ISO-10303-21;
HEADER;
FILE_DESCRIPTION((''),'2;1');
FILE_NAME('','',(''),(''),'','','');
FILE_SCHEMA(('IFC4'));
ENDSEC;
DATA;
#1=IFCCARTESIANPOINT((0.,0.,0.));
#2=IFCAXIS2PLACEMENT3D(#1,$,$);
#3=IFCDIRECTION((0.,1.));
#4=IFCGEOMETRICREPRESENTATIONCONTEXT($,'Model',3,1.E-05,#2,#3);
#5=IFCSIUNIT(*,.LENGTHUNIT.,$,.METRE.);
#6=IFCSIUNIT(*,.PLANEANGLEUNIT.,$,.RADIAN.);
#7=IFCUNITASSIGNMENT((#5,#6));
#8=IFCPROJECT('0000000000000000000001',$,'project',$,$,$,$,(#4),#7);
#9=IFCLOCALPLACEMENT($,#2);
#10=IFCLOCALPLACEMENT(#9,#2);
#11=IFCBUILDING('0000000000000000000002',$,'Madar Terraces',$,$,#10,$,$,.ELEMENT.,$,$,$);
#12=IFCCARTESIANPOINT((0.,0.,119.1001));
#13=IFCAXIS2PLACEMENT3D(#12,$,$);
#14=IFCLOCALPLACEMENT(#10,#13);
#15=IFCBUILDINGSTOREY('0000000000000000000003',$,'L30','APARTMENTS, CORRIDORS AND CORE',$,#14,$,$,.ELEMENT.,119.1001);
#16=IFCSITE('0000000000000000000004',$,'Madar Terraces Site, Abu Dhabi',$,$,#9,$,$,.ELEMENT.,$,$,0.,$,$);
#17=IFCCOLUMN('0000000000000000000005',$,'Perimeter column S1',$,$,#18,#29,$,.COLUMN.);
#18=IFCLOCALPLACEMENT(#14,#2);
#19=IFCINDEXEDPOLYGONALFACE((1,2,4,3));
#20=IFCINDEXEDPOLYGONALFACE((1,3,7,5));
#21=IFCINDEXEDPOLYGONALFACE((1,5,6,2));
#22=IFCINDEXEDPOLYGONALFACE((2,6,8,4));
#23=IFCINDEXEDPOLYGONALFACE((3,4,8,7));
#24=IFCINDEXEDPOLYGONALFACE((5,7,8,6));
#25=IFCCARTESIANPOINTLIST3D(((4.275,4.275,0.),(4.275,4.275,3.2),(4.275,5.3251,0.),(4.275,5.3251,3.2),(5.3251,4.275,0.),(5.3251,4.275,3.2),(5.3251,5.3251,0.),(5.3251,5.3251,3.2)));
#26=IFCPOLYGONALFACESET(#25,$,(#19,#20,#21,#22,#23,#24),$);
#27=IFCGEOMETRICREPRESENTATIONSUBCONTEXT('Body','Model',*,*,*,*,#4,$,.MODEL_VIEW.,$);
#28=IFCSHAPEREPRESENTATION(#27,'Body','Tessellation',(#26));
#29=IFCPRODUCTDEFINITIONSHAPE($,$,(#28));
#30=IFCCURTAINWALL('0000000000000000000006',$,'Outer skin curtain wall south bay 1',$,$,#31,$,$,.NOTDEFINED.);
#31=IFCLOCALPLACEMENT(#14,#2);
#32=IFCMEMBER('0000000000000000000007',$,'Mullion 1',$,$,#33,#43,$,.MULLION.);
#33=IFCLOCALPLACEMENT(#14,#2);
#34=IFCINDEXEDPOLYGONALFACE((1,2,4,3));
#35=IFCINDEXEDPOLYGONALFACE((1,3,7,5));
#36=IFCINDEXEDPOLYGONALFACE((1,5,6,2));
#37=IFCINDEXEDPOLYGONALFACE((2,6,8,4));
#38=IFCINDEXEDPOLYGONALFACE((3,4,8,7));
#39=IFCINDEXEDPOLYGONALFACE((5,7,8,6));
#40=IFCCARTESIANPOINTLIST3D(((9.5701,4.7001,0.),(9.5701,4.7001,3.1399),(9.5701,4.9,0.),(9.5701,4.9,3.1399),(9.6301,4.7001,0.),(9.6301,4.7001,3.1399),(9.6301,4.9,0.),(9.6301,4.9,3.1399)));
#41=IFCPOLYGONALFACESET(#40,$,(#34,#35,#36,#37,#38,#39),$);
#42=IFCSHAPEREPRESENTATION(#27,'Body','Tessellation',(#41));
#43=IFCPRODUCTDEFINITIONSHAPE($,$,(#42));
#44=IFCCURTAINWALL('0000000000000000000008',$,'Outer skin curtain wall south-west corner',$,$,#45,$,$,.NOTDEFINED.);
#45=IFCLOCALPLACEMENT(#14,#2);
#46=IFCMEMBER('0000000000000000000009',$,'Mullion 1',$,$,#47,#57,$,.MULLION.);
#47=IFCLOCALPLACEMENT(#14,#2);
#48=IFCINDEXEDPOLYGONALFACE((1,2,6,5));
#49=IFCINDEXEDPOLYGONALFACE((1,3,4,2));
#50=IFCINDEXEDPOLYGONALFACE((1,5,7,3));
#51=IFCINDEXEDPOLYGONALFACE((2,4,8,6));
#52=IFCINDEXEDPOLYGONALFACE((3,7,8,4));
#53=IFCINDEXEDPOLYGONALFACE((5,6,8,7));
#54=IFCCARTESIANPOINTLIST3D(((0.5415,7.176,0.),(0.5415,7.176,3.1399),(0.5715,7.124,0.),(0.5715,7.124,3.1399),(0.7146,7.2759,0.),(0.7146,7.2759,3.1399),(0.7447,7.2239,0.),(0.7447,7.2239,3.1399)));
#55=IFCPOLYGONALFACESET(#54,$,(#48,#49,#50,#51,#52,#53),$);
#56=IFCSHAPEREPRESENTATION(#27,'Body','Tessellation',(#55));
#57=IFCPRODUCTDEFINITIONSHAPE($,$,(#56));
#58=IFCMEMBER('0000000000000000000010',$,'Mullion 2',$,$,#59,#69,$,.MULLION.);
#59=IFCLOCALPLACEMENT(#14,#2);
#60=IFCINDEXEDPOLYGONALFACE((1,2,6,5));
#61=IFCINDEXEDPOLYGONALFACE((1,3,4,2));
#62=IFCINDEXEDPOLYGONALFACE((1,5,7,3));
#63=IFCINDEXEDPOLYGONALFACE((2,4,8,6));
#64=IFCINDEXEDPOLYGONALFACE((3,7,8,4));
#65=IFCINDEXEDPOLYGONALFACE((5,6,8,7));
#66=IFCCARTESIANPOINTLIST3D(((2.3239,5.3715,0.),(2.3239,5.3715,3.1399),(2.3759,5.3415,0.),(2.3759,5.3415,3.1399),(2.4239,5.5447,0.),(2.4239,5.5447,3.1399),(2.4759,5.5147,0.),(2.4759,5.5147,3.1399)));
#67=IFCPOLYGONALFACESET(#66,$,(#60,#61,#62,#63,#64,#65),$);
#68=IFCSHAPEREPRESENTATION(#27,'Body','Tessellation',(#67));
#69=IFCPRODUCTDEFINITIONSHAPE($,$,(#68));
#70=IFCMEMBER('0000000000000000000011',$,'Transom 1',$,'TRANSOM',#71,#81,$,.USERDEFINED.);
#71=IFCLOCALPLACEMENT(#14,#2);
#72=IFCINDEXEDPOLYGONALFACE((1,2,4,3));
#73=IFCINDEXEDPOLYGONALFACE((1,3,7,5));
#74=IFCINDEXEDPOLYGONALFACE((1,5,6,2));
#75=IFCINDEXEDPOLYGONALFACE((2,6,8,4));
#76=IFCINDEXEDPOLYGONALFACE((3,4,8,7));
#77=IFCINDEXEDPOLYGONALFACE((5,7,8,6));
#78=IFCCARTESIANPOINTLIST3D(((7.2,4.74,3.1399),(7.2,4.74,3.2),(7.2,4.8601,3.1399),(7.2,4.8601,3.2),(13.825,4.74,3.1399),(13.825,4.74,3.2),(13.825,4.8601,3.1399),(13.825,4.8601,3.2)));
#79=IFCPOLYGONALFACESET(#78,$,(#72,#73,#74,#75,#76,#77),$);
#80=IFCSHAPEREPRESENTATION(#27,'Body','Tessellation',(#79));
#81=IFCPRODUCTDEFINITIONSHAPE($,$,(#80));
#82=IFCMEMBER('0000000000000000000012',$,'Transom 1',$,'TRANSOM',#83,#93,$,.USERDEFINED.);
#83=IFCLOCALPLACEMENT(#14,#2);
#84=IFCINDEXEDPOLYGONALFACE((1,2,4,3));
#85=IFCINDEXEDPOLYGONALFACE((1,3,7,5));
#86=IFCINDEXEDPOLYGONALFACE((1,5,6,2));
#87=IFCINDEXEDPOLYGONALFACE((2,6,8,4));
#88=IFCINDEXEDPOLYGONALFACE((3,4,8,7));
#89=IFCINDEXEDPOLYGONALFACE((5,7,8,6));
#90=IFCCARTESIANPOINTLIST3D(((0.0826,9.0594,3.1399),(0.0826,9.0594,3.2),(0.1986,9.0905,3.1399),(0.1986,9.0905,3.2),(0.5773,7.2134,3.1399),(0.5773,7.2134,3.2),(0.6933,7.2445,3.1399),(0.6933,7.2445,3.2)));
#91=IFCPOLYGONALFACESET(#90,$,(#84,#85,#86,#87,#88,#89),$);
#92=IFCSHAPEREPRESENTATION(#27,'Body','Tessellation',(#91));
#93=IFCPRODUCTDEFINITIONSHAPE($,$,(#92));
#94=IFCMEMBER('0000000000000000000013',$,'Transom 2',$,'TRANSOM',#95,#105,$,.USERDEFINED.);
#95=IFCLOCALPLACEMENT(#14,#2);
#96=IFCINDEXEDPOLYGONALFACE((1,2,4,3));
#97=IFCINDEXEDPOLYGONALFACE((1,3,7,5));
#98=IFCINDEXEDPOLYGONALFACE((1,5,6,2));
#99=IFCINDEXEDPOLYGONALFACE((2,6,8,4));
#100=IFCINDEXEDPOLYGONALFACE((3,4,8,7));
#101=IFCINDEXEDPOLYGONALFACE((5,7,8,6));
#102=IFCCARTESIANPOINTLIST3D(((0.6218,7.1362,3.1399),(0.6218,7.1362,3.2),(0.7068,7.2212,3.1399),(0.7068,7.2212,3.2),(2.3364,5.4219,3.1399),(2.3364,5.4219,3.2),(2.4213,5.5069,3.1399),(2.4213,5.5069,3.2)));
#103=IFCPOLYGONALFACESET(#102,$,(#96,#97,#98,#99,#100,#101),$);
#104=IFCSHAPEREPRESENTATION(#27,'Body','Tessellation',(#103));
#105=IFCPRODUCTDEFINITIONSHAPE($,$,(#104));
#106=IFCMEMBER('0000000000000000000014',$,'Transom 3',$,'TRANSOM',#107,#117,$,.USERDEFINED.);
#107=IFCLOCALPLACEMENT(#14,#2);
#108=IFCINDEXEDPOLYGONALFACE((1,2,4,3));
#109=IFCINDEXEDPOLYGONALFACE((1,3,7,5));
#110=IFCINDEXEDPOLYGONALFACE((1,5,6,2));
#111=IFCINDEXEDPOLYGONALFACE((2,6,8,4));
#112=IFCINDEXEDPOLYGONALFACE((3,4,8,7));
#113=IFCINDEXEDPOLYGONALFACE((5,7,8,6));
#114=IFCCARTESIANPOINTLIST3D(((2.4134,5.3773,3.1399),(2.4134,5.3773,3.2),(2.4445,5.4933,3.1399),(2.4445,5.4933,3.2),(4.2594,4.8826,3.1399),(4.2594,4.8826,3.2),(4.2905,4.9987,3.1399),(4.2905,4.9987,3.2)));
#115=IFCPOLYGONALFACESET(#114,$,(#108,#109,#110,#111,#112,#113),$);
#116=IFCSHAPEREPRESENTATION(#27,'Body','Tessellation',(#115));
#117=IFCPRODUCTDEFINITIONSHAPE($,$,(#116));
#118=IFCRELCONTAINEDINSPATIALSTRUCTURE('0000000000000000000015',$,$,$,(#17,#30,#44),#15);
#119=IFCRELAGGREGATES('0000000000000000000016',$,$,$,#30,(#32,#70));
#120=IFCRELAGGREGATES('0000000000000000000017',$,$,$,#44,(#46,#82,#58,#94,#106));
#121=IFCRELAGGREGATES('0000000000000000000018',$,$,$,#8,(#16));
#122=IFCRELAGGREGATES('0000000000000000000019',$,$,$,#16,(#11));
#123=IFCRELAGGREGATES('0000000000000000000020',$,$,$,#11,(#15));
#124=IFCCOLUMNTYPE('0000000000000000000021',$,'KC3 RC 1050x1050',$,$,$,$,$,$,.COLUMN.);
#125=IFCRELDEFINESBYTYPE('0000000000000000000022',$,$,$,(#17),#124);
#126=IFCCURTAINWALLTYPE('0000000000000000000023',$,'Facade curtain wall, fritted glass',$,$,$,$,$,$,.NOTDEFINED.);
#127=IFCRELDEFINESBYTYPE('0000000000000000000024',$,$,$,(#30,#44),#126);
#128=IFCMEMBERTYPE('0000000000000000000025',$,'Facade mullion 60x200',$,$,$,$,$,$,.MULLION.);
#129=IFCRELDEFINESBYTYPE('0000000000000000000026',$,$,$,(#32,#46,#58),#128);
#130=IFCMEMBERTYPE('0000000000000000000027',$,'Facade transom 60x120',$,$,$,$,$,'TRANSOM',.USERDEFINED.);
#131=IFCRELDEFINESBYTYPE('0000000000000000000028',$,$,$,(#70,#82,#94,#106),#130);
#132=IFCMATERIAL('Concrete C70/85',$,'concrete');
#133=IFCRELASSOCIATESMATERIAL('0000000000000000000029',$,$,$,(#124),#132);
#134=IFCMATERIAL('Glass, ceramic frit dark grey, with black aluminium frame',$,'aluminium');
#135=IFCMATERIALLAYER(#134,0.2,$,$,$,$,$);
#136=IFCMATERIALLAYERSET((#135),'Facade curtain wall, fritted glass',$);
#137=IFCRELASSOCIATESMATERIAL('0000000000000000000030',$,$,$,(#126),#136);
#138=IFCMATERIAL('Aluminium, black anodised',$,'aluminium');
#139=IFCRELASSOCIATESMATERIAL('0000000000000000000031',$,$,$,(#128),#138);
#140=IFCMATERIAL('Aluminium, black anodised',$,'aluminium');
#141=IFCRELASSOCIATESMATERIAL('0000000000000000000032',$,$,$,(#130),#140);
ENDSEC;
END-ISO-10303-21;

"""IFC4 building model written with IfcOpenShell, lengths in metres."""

from ifc_helpers import new_model, si_unit, direction, frame, origin, origin_2d, place, context, subcontext, project, spatial, rectangle, extrude, material, layer, layer_set, material_profile, profile_set, type_object, element, aggregate, save


model = new_model("IFC4")

# Units and contexts
model_context = context("Model", 3, precision=1e-05, world=origin(), true_north=direction((0.0, 1.0)))
body_context = subcontext(model_context, "Body", "Model", "MODEL_VIEW")
ifc_project = project(units=[si_unit("LENGTHUNIT", "METRE"), si_unit("PLANEANGLEUNIT", "RADIAN")], contexts=[model_context])

# Site, building, storey
site_placement = place(None, origin())
site = spatial("IfcSite", under=ifc_project, at=site_placement, Name="Madar Terraces Site, Abu Dhabi", CompositionType="ELEMENT", RefElevation=0.0)
building_placement = place(site_placement, origin())
building = spatial("IfcBuilding", under=site, at=building_placement, Name="Madar Terraces", CompositionType="ELEMENT")
storey_placement = place(building_placement, frame((0.0, 0.0, 119.1001)))
storey = spatial("IfcBuildingStorey", under=building, at=storey_placement, Name="L30", Description="APARTMENTS, CORRIDORS AND CORE", CompositionType="ELEMENT", Elevation=119.1001)

# Column
ifc_material_1 = material(Name="Concrete C70/85", Category="concrete")
ifc_material_profile_1 = material_profile(ifc_material_1, rectangle(XDim=1.05, YDim=1.05, at=origin_2d()), Name="KC3 RC 1050x1050")
ifc_profile_set_1 = profile_set([ifc_material_profile_1], Name="Concrete C70/85")
column_type = type_object("IfcColumnType", Name="KC3 RC 1050x1050", PredefinedType="COLUMN", material=ifc_profile_set_1)
column_placement = place(storey_placement, frame((4.8, 4.8, 0.0), z_axis=(0.0, 0.0, 1.0), x_axis=(1.0, 0.0, 0.0)))
element("IfcColumn", 1, at=column_placement, inside=storey, type_object=column_type, Name="Perimeter column S1", PredefinedType="COLUMN", context=body_context, shape_type="SweptSolid", body=[
    extrude(rectangle(XDim=1.05, YDim=1.05, at=origin_2d()), origin(), (0.0, 0.0, 1.0), 3.2),
])

# Curtain wall, member
ifc_material_2 = material(Name="Glass, ceramic frit dark grey, with black aluminium frame", Category="aluminium")
ifc_layer_1 = layer(ifc_material_2, 0.2)
ifc_layer_set_1 = layer_set([ifc_layer_1], Name="Facade curtain wall, fritted glass")
curtain_wall_type = type_object("IfcCurtainWallType", Name="Facade curtain wall, fritted glass", PredefinedType="NOTDEFINED", material=ifc_layer_set_1)
curtain_wall_1_placement = place(storey_placement, origin())
curtain_wall_1 = element("IfcCurtainWall", 2, at=curtain_wall_1_placement, inside=storey, type_object=curtain_wall_type, Name="Outer skin curtain wall south bay 1", PredefinedType="NOTDEFINED")
ifc_material_3 = material(Name="Aluminium, black anodised", Category="aluminium")
ifc_material_profile_2 = material_profile(ifc_material_3, rectangle(XDim=0.2, YDim=0.0601, at=origin_2d()), Name="Facade mullion 60x200")
ifc_profile_set_2 = profile_set([ifc_material_profile_2], Name="Aluminium, black anodised")
member_type_1 = type_object("IfcMemberType", Name="Facade mullion 60x200", PredefinedType="MULLION", material=ifc_profile_set_2)
member_1_placement = place(storey_placement, frame((9.6001, 4.8, 0.0), z_axis=(0.0, 0.0, 1.0), x_axis=(0.0, 1.0, 0.0)))
member_1 = element("IfcMember", 3, at=member_1_placement, type_object=member_type_1, Name="Mullion 1", PredefinedType="MULLION", context=body_context, shape_type="SweptSolid", body=[
    extrude(rectangle(XDim=0.2, YDim=0.0601, at=origin_2d()), origin(), (0.0, 0.0, 1.0), 3.1399),
])

# Curtain wall, members
curtain_wall_2_placement = place(storey_placement, origin())
curtain_wall_2 = element("IfcCurtainWall", 4, at=curtain_wall_2_placement, inside=storey, type_object=curtain_wall_type, Name="Outer skin curtain wall south-west corner", PredefinedType="NOTDEFINED")
member_2_placement = place(storey_placement, frame((0.6431, 7.2, 0.0), z_axis=(0.0, 0.0, 1.0), x_axis=(0.866025, 0.5, 0.0)))
member_2 = element("IfcMember", 5, at=member_2_placement, type_object=member_type_1, Name="Mullion 1", PredefinedType="MULLION", context=body_context, shape_type="SweptSolid", body=[
    extrude(rectangle(XDim=0.2, YDim=0.0601, at=origin_2d()), origin(), (0.0, 0.0, 1.0), 3.1399),
])
member_3_placement = place(storey_placement, frame((2.3999, 5.4431, 0.0), z_axis=(0.0, 0.0, 1.0), x_axis=(0.5, 0.866025, 0.0)))
member_3 = element("IfcMember", 6, at=member_3_placement, type_object=member_type_1, Name="Mullion 2", PredefinedType="MULLION", context=body_context, shape_type="SweptSolid", body=[
    extrude(rectangle(XDim=0.2, YDim=0.0601, at=origin_2d()), origin(), (0.0, 0.0, 1.0), 3.1399),
])

# Members
ifc_material_4 = material(Name="Aluminium, black anodised", Category="aluminium")
ifc_material_profile_3 = material_profile(ifc_material_4, rectangle(XDim=0.1201, YDim=0.0601, at=origin_2d()), Name="Facade transom 60x120")
ifc_profile_set_3 = profile_set([ifc_material_profile_3], Name="Aluminium, black anodised")
member_type_2 = type_object("IfcMemberType", Name="Facade transom 60x120", ElementType="TRANSOM", PredefinedType="USERDEFINED", material=ifc_profile_set_3)
member_4_placement = place(storey_placement, frame((7.2, 4.8, 3.1699), z_axis=(1.0, 0.0, 0.0), x_axis=(0.0, 1.0, 0.0)))
member_4 = element("IfcMember", 7, at=member_4_placement, type_object=member_type_2, Name="Transom 1", ObjectType="TRANSOM", PredefinedType="USERDEFINED", context=body_context, shape_type="SweptSolid", body=[
    extrude(rectangle(XDim=0.1201, YDim=0.0601, at=origin_2d()), origin(), (0.0, 0.0, 1.0), 6.625),
])
member_5_placement = place(storey_placement, frame((0.1406, 9.075, 3.1699), z_axis=(0.258823, -0.965925, 0.0), x_axis=(0.965925, 0.258823, 0.0)))
member_5 = element("IfcMember", 8, at=member_5_placement, type_object=member_type_2, Name="Transom 1", ObjectType="TRANSOM", PredefinedType="USERDEFINED", context=body_context, shape_type="SweptSolid", body=[
    extrude(rectangle(XDim=0.1201, YDim=0.0601, at=origin_2d()), origin(), (0.0, 0.0, 1.0), 1.9111),
])
member_6_placement = place(storey_placement, frame((0.6643, 7.1787, 3.1699), z_axis=(0.707157, -0.707056, 0.0), x_axis=(0.707056, 0.707157, 0.0)))
member_6 = element("IfcMember", 9, at=member_6_placement, type_object=member_type_2, Name="Transom 2", ObjectType="TRANSOM", PredefinedType="USERDEFINED", context=body_context, shape_type="SweptSolid", body=[
    extrude(rectangle(XDim=0.1201, YDim=0.0601, at=origin_2d()), origin(), (0.0, 0.0, 1.0), 2.4246),
])
member_7_placement = place(storey_placement, frame((2.429, 5.4353, 3.1699), z_axis=(0.965925, -0.258823, 0.0), x_axis=(0.258823, 0.965925, 0.0)))
member_7 = element("IfcMember", 10, at=member_7_placement, type_object=member_type_2, Name="Transom 3", ObjectType="TRANSOM", PredefinedType="USERDEFINED", context=body_context, shape_type="SweptSolid", body=[
    extrude(rectangle(XDim=0.1201, YDim=0.0601, at=origin_2d()), origin(), (0.0, 0.0, 1.0), 1.9111),
])

aggregate(curtain_wall_1, [member_1, member_4])
aggregate(curtain_wall_2, [member_2, member_5, member_3, member_6, member_7])

save(model, "model.ifc")
